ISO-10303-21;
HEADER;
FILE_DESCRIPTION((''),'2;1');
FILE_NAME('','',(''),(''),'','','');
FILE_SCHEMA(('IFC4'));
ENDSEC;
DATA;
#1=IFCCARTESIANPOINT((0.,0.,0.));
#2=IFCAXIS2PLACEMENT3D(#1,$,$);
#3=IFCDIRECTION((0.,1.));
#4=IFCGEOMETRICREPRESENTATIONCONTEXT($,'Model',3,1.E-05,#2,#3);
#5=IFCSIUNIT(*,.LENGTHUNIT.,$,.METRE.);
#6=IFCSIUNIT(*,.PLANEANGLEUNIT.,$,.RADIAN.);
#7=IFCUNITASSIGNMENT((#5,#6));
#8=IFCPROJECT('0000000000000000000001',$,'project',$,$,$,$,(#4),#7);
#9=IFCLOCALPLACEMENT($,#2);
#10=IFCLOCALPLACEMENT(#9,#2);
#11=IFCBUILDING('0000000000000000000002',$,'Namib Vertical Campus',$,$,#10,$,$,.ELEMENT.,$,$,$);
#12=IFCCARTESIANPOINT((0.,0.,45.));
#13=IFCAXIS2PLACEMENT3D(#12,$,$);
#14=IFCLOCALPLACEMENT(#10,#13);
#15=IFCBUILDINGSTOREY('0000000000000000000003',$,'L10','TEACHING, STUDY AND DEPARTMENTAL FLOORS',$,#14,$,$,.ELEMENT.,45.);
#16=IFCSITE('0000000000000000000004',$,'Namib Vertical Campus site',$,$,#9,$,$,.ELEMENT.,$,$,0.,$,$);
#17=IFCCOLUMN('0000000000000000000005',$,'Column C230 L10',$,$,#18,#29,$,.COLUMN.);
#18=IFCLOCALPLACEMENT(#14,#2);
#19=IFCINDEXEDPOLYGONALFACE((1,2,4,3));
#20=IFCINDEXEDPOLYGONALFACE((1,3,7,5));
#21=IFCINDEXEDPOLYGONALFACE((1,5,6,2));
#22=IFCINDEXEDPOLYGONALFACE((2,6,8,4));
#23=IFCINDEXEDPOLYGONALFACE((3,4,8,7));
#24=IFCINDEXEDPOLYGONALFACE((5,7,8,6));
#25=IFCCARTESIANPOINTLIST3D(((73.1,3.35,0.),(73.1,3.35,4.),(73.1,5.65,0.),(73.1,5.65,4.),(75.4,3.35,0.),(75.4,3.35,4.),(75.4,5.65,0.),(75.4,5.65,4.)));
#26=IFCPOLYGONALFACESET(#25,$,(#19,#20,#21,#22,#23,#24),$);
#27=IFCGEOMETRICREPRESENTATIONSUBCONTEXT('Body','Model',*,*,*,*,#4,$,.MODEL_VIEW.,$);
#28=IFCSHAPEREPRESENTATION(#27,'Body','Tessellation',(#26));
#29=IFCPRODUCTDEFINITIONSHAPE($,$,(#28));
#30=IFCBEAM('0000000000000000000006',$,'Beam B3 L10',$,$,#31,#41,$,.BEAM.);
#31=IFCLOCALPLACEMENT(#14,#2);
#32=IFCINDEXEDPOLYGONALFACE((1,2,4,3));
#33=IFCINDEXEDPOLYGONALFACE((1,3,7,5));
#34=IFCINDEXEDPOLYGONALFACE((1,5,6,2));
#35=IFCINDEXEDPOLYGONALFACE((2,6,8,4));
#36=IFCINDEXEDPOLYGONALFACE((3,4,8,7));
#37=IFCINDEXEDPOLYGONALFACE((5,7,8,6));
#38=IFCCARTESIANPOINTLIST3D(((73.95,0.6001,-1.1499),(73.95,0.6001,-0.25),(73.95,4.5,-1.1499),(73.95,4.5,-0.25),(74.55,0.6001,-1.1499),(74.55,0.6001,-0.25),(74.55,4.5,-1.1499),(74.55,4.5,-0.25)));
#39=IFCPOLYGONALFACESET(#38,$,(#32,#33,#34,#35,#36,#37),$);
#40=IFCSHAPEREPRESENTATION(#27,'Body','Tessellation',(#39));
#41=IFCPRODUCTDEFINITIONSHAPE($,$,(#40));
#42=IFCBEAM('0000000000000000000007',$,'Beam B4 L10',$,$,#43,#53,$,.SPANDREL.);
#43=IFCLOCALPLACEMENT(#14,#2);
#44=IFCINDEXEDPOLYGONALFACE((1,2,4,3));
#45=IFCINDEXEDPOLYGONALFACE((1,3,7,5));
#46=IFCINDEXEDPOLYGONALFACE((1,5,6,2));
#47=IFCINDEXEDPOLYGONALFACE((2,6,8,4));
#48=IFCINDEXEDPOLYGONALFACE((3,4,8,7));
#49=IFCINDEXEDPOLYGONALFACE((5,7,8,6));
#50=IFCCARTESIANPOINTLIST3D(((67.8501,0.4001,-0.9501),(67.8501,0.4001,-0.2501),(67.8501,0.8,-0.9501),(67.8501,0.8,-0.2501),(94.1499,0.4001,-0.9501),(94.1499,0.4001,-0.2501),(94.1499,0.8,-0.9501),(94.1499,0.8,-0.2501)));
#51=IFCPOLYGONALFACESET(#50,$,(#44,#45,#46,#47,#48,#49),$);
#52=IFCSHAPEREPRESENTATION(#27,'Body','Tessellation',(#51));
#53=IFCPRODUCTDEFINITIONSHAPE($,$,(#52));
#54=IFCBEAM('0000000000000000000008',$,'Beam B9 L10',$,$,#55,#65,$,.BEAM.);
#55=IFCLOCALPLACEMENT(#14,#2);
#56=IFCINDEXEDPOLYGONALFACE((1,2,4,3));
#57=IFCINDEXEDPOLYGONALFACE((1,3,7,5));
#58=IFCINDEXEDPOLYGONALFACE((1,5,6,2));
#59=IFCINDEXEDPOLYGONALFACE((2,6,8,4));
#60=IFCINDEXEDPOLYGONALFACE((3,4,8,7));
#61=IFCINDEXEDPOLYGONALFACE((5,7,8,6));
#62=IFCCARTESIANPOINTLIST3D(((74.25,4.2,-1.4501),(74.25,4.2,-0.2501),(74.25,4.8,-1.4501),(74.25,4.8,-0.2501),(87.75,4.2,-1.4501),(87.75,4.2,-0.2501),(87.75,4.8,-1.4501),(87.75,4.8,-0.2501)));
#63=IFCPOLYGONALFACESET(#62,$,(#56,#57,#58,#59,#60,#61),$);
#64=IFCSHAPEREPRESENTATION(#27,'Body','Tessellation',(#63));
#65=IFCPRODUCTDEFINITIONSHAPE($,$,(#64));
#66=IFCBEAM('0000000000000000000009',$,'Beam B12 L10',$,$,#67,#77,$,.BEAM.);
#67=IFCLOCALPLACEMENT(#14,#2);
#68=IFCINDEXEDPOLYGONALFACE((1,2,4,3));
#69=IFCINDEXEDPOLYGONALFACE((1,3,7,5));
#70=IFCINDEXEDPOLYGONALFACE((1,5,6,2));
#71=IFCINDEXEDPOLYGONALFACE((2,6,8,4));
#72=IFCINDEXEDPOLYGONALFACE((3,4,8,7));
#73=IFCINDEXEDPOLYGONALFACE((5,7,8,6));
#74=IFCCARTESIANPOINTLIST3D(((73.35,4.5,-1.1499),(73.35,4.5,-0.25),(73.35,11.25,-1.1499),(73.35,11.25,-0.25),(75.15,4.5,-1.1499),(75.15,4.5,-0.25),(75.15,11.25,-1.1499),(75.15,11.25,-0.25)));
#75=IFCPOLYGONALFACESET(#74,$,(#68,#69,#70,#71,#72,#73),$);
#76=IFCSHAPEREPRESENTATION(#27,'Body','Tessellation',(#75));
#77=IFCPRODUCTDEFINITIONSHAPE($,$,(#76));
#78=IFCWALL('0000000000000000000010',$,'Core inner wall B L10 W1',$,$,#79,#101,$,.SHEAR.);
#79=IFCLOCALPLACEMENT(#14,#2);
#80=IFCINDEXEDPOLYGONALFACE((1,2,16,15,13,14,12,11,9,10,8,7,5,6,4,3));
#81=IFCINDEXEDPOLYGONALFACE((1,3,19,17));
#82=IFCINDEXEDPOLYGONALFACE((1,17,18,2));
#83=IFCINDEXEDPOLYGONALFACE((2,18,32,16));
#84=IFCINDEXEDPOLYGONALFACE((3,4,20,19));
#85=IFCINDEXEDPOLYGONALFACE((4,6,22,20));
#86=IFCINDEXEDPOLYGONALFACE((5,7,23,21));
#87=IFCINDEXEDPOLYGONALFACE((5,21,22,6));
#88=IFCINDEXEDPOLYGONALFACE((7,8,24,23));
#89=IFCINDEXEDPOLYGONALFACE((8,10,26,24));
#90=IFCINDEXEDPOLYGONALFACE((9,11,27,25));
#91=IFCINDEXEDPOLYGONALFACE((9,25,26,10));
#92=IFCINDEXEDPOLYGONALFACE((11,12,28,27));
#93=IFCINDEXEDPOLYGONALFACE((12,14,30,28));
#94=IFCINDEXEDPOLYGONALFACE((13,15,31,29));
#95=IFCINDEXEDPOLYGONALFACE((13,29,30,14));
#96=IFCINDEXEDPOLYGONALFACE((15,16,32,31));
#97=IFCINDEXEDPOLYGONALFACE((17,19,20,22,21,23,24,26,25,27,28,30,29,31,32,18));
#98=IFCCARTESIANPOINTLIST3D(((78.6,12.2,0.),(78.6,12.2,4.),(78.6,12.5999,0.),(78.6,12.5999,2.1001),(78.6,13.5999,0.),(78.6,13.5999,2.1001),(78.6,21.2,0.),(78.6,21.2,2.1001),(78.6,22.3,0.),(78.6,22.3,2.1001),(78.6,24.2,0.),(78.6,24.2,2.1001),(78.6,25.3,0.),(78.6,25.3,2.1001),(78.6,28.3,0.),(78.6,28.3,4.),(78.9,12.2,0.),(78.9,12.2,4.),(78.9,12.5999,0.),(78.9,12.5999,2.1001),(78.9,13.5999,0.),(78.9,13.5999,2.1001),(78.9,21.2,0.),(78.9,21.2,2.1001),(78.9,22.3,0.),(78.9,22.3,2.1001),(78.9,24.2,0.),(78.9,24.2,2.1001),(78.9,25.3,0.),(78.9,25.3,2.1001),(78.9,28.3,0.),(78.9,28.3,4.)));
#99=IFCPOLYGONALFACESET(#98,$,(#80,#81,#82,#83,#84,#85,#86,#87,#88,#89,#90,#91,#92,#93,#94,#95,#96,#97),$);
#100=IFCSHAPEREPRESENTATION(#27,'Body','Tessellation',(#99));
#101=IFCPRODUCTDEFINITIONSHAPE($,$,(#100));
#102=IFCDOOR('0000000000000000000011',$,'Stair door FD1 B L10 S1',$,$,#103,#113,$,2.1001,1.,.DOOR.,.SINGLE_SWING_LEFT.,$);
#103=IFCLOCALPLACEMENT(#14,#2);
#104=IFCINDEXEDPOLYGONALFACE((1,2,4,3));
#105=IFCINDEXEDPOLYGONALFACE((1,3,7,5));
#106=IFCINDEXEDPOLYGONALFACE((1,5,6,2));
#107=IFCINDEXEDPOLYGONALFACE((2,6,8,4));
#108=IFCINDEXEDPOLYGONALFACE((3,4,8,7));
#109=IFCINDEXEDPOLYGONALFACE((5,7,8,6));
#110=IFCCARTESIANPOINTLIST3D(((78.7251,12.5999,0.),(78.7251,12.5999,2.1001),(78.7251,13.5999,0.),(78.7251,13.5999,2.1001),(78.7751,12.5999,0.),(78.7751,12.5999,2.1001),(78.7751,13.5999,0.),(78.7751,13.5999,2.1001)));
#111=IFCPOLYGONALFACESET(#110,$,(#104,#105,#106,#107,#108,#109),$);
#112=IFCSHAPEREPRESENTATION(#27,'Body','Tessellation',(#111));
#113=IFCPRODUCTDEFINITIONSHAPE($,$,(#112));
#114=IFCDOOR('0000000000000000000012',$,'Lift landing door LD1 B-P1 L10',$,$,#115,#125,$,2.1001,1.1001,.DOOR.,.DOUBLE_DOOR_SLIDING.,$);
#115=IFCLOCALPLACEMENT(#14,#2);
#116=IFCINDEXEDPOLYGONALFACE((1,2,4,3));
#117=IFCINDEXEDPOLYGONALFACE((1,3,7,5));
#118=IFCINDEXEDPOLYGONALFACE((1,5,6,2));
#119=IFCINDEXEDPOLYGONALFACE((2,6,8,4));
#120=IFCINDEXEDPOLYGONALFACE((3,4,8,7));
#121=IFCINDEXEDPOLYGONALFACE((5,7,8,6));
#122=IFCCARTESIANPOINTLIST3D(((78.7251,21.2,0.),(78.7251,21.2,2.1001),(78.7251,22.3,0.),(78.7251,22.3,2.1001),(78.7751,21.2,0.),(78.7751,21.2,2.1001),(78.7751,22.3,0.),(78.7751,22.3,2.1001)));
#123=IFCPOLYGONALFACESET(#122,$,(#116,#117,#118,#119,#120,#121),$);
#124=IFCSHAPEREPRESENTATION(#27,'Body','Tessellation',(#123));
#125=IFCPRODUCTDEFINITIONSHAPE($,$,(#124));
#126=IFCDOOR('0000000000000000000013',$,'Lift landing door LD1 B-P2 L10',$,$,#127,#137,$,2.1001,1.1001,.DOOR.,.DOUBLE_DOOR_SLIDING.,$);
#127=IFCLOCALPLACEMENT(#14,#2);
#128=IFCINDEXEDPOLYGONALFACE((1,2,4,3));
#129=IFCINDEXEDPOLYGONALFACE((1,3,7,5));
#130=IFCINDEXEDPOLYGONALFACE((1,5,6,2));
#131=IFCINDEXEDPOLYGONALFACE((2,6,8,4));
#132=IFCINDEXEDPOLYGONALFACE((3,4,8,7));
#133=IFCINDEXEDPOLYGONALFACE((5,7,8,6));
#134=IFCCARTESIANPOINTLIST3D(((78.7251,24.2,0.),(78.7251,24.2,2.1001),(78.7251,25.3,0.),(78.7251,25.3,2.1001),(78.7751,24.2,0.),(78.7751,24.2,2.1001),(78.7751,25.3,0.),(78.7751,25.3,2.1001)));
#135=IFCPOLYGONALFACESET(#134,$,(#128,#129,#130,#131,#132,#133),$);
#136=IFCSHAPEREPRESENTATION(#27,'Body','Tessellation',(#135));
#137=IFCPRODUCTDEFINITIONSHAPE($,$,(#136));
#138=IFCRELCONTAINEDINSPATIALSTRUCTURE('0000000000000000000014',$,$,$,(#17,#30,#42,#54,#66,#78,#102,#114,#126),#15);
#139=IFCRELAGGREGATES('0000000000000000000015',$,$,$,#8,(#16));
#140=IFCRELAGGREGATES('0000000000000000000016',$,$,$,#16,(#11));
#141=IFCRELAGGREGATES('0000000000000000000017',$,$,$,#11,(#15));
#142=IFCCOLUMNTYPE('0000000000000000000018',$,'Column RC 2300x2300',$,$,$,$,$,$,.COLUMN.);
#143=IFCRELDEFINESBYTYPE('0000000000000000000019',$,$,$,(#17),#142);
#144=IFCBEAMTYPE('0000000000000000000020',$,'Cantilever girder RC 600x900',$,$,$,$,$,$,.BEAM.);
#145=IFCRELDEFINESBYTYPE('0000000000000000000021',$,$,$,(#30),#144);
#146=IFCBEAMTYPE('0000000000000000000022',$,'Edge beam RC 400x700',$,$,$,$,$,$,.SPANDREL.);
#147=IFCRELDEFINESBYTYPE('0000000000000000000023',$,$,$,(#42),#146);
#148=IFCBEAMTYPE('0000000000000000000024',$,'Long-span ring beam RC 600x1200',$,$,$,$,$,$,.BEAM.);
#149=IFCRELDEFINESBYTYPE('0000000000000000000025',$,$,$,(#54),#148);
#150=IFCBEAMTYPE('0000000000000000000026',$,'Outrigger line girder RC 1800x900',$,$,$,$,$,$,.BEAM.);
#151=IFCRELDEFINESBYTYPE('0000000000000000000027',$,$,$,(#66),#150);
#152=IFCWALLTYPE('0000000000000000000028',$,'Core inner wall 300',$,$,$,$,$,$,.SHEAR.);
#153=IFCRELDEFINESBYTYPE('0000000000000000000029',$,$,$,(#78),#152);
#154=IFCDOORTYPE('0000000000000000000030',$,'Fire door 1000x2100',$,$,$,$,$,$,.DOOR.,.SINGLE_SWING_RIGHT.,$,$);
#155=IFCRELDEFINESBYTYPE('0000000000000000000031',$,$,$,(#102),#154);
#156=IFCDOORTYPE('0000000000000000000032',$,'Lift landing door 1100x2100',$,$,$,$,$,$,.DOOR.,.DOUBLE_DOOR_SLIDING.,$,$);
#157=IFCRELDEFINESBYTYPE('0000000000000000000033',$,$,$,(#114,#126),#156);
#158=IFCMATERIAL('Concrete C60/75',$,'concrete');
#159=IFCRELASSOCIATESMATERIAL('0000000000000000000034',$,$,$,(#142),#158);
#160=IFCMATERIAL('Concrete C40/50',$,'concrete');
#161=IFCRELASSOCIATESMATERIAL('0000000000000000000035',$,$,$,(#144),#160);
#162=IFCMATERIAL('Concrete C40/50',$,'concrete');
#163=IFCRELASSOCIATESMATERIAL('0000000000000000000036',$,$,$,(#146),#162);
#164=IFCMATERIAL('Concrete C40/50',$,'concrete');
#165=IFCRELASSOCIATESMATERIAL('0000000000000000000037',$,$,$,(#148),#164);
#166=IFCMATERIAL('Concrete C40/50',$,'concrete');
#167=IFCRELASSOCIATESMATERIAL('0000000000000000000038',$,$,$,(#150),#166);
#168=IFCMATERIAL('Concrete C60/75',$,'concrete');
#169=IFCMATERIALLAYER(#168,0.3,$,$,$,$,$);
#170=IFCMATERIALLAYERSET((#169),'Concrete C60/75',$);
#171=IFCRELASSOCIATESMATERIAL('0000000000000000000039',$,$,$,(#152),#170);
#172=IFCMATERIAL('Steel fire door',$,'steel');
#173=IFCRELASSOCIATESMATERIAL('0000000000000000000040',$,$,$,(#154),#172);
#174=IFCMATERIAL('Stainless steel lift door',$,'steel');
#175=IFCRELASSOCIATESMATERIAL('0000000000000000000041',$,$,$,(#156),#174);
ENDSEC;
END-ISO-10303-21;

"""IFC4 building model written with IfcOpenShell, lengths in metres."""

from ifc_helpers import new_model, si_unit, direction, frame, frame_2d, origin, origin_2d, place, context, subcontext, project, spatial, rectangle, extrude, material, layer, layer_set, material_profile, profile_set, type_object, element, fill, save


model = new_model("IFC4")

# Units and contexts
model_context = context("Model", 3, precision=1e-05, world=origin(), true_north=direction((0.0, 1.0)))
body_context = subcontext(model_context, "Body", "Model", "MODEL_VIEW")
ifc_project = project(units=[si_unit("LENGTHUNIT", "METRE"), si_unit("PLANEANGLEUNIT", "RADIAN")], contexts=[model_context])

# Site, building, storey
site_placement = place(None, origin())
site = spatial("IfcSite", under=ifc_project, at=site_placement, Name="Namib Vertical Campus site", CompositionType="ELEMENT", RefElevation=0.0)
building_placement = place(site_placement, origin())
building = spatial("IfcBuilding", under=site, at=building_placement, Name="Namib Vertical Campus", CompositionType="ELEMENT")
storey_placement = place(building_placement, frame((0.0, 0.0, 45.0)))
storey = spatial("IfcBuildingStorey", under=building, at=storey_placement, Name="L10", Description="TEACHING, STUDY AND DEPARTMENTAL FLOORS", CompositionType="ELEMENT", Elevation=45.0)

# Column
ifc_material_1 = material(Name="Concrete C60/75", Category="concrete")
ifc_material_profile_1 = material_profile(ifc_material_1, rectangle(XDim=2.3, YDim=2.3, at=origin_2d()))
ifc_profile_set_1 = profile_set([ifc_material_profile_1], Name="Concrete C60/75")
column_type = type_object("IfcColumnType", Name="Column RC 2300x2300", PredefinedType="COLUMN", material=ifc_profile_set_1)
column_placement = place(storey_placement, frame((74.25, 4.5, 0.0), z_axis=(0.0, 0.0, 1.0), x_axis=(1.0, 0.0, 0.0)))
element("IfcColumn", 1, at=column_placement, inside=storey, type_object=column_type, Name="Column C230 L10", PredefinedType="COLUMN", context=body_context, shape_type="SweptSolid", body=[
    extrude(rectangle(XDim=2.3, YDim=2.3, at=origin_2d()), origin(), (0.0, 0.0, 1.0), 4.0),
])

# Beams
ifc_material_2 = material(Name="Concrete C40/50", Category="concrete")
ifc_material_profile_2 = material_profile(ifc_material_2, rectangle(XDim=0.6001, YDim=0.8999, at=origin_2d()))
ifc_profile_set_2 = profile_set([ifc_material_profile_2], Name="Concrete C40/50")
beam_type_1 = type_object("IfcBeamType", Name="Cantilever girder RC 600x900", PredefinedType="BEAM", material=ifc_profile_set_2)
beam_1_placement = place(storey_placement, frame((74.25, 4.5, -0.7), z_axis=(0.0, -1.0, 0.0), x_axis=(1.0, 0.0, 0.0)))
element("IfcBeam", 2, at=beam_1_placement, inside=storey, type_object=beam_type_1, Name="Beam B3 L10", PredefinedType="BEAM", context=body_context, shape_type="SweptSolid", body=[
    extrude(rectangle(XDim=0.6001, YDim=0.8999, at=origin_2d()), origin(), (0.0, 0.0, 1.0), 3.8999),
])
ifc_material_3 = material(Name="Concrete C40/50", Category="concrete")
ifc_material_profile_3 = material_profile(ifc_material_3, rectangle(XDim=0.3999, YDim=0.7, at=origin_2d()))
ifc_profile_set_3 = profile_set([ifc_material_profile_3], Name="Concrete C40/50")
beam_type_2 = type_object("IfcBeamType", Name="Edge beam RC 400x700", PredefinedType="SPANDREL", material=ifc_profile_set_3)
beam_2_placement = place(storey_placement, frame((67.8501, 0.6001, -0.6001), z_axis=(1.0, 0.0, 0.0), x_axis=(0.0, 1.0, 0.0)))
element("IfcBeam", 3, at=beam_2_placement, inside=storey, type_object=beam_type_2, Name="Beam B4 L10", PredefinedType="SPANDREL", context=body_context, shape_type="SweptSolid", body=[
    extrude(rectangle(XDim=0.3999, YDim=0.7, at=origin_2d()), origin(), (0.0, 0.0, 1.0), 26.2998),
])
ifc_material_4 = material(Name="Concrete C40/50", Category="concrete")
ifc_material_profile_4 = material_profile(ifc_material_4, rectangle(XDim=0.6001, YDim=1.2, at=origin_2d()))
ifc_profile_set_4 = profile_set([ifc_material_profile_4], Name="Concrete C40/50")
beam_type_3 = type_object("IfcBeamType", Name="Long-span ring beam RC 600x1200", PredefinedType="BEAM", material=ifc_profile_set_4)
beam_3_placement = place(storey_placement, frame((74.25, 4.5, -0.8501), z_axis=(1.0, 0.0, 0.0), x_axis=(0.0, 1.0, 0.0)))
element("IfcBeam", 4, at=beam_3_placement, inside=storey, type_object=beam_type_3, Name="Beam B9 L10", PredefinedType="BEAM", context=body_context, shape_type="SweptSolid", body=[
    extrude(rectangle(XDim=0.6001, YDim=1.2, at=origin_2d()), origin(), (0.0, 0.0, 1.0), 13.5),
])
ifc_material_5 = material(Name="Concrete C40/50", Category="concrete")
ifc_material_profile_5 = material_profile(ifc_material_5, rectangle(XDim=1.8, YDim=0.8999, at=origin_2d()))
ifc_profile_set_5 = profile_set([ifc_material_profile_5], Name="Concrete C40/50")
beam_type_4 = type_object("IfcBeamType", Name="Outrigger line girder RC 1800x900", PredefinedType="BEAM", material=ifc_profile_set_5)
beam_4_placement = place(storey_placement, frame((74.25, 4.5, -0.7), z_axis=(0.0, 1.0, 0.0), x_axis=(-1.0, 0.0, 0.0)))
element("IfcBeam", 5, at=beam_4_placement, inside=storey, type_object=beam_type_4, Name="Beam B12 L10", PredefinedType="BEAM", context=body_context, shape_type="SweptSolid", body=[
    extrude(rectangle(XDim=1.8, YDim=0.8999, at=origin_2d()), origin(), (0.0, 0.0, 1.0), 6.75),
])

# Wall, openings, doors
ifc_material_6 = material(Name="Concrete C60/75", Category="concrete")
ifc_layer_1 = layer(ifc_material_6, 0.3)
ifc_layer_set_1 = layer_set([ifc_layer_1], Name="Concrete C60/75")
wall_type_1 = type_object("IfcWallType", Name="Core inner wall 300", PredefinedType="SHEAR", material=ifc_layer_set_1)
wall_1_placement = place(storey_placement, frame((78.75, 12.2, 0.0), z_axis=(0.0, 0.0, 1.0), x_axis=(0.0, 1.0, 0.0)))
wall_1 = element("IfcWall", 6, at=wall_1_placement, inside=storey, type_object=wall_type_1, Name="Core inner wall B L10 W1", PredefinedType="SHEAR", context=body_context, shape_type="SweptSolid", body=[
    extrude(rectangle(XDim=16.1001, YDim=0.3, at=frame_2d((8.05, 0.0))), origin(), (0.0, 0.0, 1.0), 4.0),
])
opening_1_placement = place(wall_1_placement, frame((0.3999, 0.0, 0.0)))
opening_1 = element("IfcOpeningElement", 7, at=opening_1_placement, cuts=wall_1, PredefinedType="OPENING", context=body_context, shape_type="SweptSolid", body=[
    extrude(rectangle(XDim=1.0, YDim=2.1001, at=frame_2d((0.5, 1.05))), frame((0.0, 0.1599, 0.0), z_axis=(0.0, -1.0, 0.0), x_axis=(1.0, 0.0, 0.0)), (0.0, 0.0, 1.0), 0.3201),
])
opening_2_placement = place(wall_1_placement, frame((9.0, 0.0, 0.0)))
opening_2 = element("IfcOpeningElement", 8, at=opening_2_placement, cuts=wall_1, PredefinedType="OPENING", context=body_context, shape_type="SweptSolid", body=[
    extrude(rectangle(XDim=1.1001, YDim=2.1001, at=frame_2d((0.55, 1.05))), frame((0.0, 0.1599, 0.0), z_axis=(0.0, -1.0, 0.0), x_axis=(1.0, 0.0, 0.0)), (0.0, 0.0, 1.0), 0.3201),
])
opening_3_placement = place(wall_1_placement, frame((12.0, 0.0, 0.0)))
opening_3 = element("IfcOpeningElement", 9, at=opening_3_placement, cuts=wall_1, PredefinedType="OPENING", context=body_context, shape_type="SweptSolid", body=[
    extrude(rectangle(XDim=1.1001, YDim=2.1001, at=frame_2d((0.55, 1.05))), frame((0.0, 0.1599, 0.0), z_axis=(0.0, -1.0, 0.0), x_axis=(1.0, 0.0, 0.0)), (0.0, 0.0, 1.0), 0.3201),
])
ifc_material_7 = material(Name="Steel fire door", Category="steel")
door_type_1 = type_object("IfcDoorType", Name="Fire door 1000x2100", OperationType="SINGLE_SWING_RIGHT", PredefinedType="DOOR", material=ifc_material_7)
door_1_placement = place(opening_1_placement, origin())
door_1 = element("IfcDoor", 10, at=door_1_placement, inside=storey, type_object=door_type_1, Name="Stair door FD1 B L10 S1", OperationType="SINGLE_SWING_LEFT", OverallHeight=2.1001, OverallWidth=1.0, PredefinedType="DOOR", context=body_context, shape_type="SweptSolid", body=[
    extrude(rectangle(XDim=1.0, YDim=2.1001, at=frame_2d((0.5, 1.05))), frame((0.0, 0.0249, 0.0), z_axis=(0.0, -1.0, 0.0), x_axis=(1.0, 0.0, 0.0)), (0.0, 0.0, 1.0), 0.05),
])
fill(opening_1, door_1)
ifc_material_8 = material(Name="Stainless steel lift door", Category="steel")
door_type_2 = type_object("IfcDoorType", Name="Lift landing door 1100x2100", OperationType="DOUBLE_DOOR_SLIDING", PredefinedType="DOOR", material=ifc_material_8)
door_2_placement = place(opening_2_placement, origin())
door_2 = element("IfcDoor", 11, at=door_2_placement, inside=storey, type_object=door_type_2, Name="Lift landing door LD1 B-P1 L10", OperationType="DOUBLE_DOOR_SLIDING", OverallHeight=2.1001, OverallWidth=1.1001, PredefinedType="DOOR", context=body_context, shape_type="SweptSolid", body=[
    extrude(rectangle(XDim=1.1001, YDim=2.1001, at=frame_2d((0.55, 1.05))), frame((0.0, 0.0249, 0.0), z_axis=(0.0, -1.0, 0.0), x_axis=(1.0, 0.0, 0.0)), (0.0, 0.0, 1.0), 0.05),
])
fill(opening_2, door_2)
door_3_placement = place(opening_3_placement, origin())
door_3 = element("IfcDoor", 12, at=door_3_placement, inside=storey, type_object=door_type_2, Name="Lift landing door LD1 B-P2 L10", OperationType="DOUBLE_DOOR_SLIDING", OverallHeight=2.1001, OverallWidth=1.1001, PredefinedType="DOOR", context=body_context, shape_type="SweptSolid", body=[
    extrude(rectangle(XDim=1.1001, YDim=2.1001, at=frame_2d((0.55, 1.05))), frame((0.0, 0.0249, 0.0), z_axis=(0.0, -1.0, 0.0), x_axis=(1.0, 0.0, 0.0)), (0.0, 0.0, 1.0), 0.05),
])
fill(opening_3, door_3)

save(model, "model.ifc")
